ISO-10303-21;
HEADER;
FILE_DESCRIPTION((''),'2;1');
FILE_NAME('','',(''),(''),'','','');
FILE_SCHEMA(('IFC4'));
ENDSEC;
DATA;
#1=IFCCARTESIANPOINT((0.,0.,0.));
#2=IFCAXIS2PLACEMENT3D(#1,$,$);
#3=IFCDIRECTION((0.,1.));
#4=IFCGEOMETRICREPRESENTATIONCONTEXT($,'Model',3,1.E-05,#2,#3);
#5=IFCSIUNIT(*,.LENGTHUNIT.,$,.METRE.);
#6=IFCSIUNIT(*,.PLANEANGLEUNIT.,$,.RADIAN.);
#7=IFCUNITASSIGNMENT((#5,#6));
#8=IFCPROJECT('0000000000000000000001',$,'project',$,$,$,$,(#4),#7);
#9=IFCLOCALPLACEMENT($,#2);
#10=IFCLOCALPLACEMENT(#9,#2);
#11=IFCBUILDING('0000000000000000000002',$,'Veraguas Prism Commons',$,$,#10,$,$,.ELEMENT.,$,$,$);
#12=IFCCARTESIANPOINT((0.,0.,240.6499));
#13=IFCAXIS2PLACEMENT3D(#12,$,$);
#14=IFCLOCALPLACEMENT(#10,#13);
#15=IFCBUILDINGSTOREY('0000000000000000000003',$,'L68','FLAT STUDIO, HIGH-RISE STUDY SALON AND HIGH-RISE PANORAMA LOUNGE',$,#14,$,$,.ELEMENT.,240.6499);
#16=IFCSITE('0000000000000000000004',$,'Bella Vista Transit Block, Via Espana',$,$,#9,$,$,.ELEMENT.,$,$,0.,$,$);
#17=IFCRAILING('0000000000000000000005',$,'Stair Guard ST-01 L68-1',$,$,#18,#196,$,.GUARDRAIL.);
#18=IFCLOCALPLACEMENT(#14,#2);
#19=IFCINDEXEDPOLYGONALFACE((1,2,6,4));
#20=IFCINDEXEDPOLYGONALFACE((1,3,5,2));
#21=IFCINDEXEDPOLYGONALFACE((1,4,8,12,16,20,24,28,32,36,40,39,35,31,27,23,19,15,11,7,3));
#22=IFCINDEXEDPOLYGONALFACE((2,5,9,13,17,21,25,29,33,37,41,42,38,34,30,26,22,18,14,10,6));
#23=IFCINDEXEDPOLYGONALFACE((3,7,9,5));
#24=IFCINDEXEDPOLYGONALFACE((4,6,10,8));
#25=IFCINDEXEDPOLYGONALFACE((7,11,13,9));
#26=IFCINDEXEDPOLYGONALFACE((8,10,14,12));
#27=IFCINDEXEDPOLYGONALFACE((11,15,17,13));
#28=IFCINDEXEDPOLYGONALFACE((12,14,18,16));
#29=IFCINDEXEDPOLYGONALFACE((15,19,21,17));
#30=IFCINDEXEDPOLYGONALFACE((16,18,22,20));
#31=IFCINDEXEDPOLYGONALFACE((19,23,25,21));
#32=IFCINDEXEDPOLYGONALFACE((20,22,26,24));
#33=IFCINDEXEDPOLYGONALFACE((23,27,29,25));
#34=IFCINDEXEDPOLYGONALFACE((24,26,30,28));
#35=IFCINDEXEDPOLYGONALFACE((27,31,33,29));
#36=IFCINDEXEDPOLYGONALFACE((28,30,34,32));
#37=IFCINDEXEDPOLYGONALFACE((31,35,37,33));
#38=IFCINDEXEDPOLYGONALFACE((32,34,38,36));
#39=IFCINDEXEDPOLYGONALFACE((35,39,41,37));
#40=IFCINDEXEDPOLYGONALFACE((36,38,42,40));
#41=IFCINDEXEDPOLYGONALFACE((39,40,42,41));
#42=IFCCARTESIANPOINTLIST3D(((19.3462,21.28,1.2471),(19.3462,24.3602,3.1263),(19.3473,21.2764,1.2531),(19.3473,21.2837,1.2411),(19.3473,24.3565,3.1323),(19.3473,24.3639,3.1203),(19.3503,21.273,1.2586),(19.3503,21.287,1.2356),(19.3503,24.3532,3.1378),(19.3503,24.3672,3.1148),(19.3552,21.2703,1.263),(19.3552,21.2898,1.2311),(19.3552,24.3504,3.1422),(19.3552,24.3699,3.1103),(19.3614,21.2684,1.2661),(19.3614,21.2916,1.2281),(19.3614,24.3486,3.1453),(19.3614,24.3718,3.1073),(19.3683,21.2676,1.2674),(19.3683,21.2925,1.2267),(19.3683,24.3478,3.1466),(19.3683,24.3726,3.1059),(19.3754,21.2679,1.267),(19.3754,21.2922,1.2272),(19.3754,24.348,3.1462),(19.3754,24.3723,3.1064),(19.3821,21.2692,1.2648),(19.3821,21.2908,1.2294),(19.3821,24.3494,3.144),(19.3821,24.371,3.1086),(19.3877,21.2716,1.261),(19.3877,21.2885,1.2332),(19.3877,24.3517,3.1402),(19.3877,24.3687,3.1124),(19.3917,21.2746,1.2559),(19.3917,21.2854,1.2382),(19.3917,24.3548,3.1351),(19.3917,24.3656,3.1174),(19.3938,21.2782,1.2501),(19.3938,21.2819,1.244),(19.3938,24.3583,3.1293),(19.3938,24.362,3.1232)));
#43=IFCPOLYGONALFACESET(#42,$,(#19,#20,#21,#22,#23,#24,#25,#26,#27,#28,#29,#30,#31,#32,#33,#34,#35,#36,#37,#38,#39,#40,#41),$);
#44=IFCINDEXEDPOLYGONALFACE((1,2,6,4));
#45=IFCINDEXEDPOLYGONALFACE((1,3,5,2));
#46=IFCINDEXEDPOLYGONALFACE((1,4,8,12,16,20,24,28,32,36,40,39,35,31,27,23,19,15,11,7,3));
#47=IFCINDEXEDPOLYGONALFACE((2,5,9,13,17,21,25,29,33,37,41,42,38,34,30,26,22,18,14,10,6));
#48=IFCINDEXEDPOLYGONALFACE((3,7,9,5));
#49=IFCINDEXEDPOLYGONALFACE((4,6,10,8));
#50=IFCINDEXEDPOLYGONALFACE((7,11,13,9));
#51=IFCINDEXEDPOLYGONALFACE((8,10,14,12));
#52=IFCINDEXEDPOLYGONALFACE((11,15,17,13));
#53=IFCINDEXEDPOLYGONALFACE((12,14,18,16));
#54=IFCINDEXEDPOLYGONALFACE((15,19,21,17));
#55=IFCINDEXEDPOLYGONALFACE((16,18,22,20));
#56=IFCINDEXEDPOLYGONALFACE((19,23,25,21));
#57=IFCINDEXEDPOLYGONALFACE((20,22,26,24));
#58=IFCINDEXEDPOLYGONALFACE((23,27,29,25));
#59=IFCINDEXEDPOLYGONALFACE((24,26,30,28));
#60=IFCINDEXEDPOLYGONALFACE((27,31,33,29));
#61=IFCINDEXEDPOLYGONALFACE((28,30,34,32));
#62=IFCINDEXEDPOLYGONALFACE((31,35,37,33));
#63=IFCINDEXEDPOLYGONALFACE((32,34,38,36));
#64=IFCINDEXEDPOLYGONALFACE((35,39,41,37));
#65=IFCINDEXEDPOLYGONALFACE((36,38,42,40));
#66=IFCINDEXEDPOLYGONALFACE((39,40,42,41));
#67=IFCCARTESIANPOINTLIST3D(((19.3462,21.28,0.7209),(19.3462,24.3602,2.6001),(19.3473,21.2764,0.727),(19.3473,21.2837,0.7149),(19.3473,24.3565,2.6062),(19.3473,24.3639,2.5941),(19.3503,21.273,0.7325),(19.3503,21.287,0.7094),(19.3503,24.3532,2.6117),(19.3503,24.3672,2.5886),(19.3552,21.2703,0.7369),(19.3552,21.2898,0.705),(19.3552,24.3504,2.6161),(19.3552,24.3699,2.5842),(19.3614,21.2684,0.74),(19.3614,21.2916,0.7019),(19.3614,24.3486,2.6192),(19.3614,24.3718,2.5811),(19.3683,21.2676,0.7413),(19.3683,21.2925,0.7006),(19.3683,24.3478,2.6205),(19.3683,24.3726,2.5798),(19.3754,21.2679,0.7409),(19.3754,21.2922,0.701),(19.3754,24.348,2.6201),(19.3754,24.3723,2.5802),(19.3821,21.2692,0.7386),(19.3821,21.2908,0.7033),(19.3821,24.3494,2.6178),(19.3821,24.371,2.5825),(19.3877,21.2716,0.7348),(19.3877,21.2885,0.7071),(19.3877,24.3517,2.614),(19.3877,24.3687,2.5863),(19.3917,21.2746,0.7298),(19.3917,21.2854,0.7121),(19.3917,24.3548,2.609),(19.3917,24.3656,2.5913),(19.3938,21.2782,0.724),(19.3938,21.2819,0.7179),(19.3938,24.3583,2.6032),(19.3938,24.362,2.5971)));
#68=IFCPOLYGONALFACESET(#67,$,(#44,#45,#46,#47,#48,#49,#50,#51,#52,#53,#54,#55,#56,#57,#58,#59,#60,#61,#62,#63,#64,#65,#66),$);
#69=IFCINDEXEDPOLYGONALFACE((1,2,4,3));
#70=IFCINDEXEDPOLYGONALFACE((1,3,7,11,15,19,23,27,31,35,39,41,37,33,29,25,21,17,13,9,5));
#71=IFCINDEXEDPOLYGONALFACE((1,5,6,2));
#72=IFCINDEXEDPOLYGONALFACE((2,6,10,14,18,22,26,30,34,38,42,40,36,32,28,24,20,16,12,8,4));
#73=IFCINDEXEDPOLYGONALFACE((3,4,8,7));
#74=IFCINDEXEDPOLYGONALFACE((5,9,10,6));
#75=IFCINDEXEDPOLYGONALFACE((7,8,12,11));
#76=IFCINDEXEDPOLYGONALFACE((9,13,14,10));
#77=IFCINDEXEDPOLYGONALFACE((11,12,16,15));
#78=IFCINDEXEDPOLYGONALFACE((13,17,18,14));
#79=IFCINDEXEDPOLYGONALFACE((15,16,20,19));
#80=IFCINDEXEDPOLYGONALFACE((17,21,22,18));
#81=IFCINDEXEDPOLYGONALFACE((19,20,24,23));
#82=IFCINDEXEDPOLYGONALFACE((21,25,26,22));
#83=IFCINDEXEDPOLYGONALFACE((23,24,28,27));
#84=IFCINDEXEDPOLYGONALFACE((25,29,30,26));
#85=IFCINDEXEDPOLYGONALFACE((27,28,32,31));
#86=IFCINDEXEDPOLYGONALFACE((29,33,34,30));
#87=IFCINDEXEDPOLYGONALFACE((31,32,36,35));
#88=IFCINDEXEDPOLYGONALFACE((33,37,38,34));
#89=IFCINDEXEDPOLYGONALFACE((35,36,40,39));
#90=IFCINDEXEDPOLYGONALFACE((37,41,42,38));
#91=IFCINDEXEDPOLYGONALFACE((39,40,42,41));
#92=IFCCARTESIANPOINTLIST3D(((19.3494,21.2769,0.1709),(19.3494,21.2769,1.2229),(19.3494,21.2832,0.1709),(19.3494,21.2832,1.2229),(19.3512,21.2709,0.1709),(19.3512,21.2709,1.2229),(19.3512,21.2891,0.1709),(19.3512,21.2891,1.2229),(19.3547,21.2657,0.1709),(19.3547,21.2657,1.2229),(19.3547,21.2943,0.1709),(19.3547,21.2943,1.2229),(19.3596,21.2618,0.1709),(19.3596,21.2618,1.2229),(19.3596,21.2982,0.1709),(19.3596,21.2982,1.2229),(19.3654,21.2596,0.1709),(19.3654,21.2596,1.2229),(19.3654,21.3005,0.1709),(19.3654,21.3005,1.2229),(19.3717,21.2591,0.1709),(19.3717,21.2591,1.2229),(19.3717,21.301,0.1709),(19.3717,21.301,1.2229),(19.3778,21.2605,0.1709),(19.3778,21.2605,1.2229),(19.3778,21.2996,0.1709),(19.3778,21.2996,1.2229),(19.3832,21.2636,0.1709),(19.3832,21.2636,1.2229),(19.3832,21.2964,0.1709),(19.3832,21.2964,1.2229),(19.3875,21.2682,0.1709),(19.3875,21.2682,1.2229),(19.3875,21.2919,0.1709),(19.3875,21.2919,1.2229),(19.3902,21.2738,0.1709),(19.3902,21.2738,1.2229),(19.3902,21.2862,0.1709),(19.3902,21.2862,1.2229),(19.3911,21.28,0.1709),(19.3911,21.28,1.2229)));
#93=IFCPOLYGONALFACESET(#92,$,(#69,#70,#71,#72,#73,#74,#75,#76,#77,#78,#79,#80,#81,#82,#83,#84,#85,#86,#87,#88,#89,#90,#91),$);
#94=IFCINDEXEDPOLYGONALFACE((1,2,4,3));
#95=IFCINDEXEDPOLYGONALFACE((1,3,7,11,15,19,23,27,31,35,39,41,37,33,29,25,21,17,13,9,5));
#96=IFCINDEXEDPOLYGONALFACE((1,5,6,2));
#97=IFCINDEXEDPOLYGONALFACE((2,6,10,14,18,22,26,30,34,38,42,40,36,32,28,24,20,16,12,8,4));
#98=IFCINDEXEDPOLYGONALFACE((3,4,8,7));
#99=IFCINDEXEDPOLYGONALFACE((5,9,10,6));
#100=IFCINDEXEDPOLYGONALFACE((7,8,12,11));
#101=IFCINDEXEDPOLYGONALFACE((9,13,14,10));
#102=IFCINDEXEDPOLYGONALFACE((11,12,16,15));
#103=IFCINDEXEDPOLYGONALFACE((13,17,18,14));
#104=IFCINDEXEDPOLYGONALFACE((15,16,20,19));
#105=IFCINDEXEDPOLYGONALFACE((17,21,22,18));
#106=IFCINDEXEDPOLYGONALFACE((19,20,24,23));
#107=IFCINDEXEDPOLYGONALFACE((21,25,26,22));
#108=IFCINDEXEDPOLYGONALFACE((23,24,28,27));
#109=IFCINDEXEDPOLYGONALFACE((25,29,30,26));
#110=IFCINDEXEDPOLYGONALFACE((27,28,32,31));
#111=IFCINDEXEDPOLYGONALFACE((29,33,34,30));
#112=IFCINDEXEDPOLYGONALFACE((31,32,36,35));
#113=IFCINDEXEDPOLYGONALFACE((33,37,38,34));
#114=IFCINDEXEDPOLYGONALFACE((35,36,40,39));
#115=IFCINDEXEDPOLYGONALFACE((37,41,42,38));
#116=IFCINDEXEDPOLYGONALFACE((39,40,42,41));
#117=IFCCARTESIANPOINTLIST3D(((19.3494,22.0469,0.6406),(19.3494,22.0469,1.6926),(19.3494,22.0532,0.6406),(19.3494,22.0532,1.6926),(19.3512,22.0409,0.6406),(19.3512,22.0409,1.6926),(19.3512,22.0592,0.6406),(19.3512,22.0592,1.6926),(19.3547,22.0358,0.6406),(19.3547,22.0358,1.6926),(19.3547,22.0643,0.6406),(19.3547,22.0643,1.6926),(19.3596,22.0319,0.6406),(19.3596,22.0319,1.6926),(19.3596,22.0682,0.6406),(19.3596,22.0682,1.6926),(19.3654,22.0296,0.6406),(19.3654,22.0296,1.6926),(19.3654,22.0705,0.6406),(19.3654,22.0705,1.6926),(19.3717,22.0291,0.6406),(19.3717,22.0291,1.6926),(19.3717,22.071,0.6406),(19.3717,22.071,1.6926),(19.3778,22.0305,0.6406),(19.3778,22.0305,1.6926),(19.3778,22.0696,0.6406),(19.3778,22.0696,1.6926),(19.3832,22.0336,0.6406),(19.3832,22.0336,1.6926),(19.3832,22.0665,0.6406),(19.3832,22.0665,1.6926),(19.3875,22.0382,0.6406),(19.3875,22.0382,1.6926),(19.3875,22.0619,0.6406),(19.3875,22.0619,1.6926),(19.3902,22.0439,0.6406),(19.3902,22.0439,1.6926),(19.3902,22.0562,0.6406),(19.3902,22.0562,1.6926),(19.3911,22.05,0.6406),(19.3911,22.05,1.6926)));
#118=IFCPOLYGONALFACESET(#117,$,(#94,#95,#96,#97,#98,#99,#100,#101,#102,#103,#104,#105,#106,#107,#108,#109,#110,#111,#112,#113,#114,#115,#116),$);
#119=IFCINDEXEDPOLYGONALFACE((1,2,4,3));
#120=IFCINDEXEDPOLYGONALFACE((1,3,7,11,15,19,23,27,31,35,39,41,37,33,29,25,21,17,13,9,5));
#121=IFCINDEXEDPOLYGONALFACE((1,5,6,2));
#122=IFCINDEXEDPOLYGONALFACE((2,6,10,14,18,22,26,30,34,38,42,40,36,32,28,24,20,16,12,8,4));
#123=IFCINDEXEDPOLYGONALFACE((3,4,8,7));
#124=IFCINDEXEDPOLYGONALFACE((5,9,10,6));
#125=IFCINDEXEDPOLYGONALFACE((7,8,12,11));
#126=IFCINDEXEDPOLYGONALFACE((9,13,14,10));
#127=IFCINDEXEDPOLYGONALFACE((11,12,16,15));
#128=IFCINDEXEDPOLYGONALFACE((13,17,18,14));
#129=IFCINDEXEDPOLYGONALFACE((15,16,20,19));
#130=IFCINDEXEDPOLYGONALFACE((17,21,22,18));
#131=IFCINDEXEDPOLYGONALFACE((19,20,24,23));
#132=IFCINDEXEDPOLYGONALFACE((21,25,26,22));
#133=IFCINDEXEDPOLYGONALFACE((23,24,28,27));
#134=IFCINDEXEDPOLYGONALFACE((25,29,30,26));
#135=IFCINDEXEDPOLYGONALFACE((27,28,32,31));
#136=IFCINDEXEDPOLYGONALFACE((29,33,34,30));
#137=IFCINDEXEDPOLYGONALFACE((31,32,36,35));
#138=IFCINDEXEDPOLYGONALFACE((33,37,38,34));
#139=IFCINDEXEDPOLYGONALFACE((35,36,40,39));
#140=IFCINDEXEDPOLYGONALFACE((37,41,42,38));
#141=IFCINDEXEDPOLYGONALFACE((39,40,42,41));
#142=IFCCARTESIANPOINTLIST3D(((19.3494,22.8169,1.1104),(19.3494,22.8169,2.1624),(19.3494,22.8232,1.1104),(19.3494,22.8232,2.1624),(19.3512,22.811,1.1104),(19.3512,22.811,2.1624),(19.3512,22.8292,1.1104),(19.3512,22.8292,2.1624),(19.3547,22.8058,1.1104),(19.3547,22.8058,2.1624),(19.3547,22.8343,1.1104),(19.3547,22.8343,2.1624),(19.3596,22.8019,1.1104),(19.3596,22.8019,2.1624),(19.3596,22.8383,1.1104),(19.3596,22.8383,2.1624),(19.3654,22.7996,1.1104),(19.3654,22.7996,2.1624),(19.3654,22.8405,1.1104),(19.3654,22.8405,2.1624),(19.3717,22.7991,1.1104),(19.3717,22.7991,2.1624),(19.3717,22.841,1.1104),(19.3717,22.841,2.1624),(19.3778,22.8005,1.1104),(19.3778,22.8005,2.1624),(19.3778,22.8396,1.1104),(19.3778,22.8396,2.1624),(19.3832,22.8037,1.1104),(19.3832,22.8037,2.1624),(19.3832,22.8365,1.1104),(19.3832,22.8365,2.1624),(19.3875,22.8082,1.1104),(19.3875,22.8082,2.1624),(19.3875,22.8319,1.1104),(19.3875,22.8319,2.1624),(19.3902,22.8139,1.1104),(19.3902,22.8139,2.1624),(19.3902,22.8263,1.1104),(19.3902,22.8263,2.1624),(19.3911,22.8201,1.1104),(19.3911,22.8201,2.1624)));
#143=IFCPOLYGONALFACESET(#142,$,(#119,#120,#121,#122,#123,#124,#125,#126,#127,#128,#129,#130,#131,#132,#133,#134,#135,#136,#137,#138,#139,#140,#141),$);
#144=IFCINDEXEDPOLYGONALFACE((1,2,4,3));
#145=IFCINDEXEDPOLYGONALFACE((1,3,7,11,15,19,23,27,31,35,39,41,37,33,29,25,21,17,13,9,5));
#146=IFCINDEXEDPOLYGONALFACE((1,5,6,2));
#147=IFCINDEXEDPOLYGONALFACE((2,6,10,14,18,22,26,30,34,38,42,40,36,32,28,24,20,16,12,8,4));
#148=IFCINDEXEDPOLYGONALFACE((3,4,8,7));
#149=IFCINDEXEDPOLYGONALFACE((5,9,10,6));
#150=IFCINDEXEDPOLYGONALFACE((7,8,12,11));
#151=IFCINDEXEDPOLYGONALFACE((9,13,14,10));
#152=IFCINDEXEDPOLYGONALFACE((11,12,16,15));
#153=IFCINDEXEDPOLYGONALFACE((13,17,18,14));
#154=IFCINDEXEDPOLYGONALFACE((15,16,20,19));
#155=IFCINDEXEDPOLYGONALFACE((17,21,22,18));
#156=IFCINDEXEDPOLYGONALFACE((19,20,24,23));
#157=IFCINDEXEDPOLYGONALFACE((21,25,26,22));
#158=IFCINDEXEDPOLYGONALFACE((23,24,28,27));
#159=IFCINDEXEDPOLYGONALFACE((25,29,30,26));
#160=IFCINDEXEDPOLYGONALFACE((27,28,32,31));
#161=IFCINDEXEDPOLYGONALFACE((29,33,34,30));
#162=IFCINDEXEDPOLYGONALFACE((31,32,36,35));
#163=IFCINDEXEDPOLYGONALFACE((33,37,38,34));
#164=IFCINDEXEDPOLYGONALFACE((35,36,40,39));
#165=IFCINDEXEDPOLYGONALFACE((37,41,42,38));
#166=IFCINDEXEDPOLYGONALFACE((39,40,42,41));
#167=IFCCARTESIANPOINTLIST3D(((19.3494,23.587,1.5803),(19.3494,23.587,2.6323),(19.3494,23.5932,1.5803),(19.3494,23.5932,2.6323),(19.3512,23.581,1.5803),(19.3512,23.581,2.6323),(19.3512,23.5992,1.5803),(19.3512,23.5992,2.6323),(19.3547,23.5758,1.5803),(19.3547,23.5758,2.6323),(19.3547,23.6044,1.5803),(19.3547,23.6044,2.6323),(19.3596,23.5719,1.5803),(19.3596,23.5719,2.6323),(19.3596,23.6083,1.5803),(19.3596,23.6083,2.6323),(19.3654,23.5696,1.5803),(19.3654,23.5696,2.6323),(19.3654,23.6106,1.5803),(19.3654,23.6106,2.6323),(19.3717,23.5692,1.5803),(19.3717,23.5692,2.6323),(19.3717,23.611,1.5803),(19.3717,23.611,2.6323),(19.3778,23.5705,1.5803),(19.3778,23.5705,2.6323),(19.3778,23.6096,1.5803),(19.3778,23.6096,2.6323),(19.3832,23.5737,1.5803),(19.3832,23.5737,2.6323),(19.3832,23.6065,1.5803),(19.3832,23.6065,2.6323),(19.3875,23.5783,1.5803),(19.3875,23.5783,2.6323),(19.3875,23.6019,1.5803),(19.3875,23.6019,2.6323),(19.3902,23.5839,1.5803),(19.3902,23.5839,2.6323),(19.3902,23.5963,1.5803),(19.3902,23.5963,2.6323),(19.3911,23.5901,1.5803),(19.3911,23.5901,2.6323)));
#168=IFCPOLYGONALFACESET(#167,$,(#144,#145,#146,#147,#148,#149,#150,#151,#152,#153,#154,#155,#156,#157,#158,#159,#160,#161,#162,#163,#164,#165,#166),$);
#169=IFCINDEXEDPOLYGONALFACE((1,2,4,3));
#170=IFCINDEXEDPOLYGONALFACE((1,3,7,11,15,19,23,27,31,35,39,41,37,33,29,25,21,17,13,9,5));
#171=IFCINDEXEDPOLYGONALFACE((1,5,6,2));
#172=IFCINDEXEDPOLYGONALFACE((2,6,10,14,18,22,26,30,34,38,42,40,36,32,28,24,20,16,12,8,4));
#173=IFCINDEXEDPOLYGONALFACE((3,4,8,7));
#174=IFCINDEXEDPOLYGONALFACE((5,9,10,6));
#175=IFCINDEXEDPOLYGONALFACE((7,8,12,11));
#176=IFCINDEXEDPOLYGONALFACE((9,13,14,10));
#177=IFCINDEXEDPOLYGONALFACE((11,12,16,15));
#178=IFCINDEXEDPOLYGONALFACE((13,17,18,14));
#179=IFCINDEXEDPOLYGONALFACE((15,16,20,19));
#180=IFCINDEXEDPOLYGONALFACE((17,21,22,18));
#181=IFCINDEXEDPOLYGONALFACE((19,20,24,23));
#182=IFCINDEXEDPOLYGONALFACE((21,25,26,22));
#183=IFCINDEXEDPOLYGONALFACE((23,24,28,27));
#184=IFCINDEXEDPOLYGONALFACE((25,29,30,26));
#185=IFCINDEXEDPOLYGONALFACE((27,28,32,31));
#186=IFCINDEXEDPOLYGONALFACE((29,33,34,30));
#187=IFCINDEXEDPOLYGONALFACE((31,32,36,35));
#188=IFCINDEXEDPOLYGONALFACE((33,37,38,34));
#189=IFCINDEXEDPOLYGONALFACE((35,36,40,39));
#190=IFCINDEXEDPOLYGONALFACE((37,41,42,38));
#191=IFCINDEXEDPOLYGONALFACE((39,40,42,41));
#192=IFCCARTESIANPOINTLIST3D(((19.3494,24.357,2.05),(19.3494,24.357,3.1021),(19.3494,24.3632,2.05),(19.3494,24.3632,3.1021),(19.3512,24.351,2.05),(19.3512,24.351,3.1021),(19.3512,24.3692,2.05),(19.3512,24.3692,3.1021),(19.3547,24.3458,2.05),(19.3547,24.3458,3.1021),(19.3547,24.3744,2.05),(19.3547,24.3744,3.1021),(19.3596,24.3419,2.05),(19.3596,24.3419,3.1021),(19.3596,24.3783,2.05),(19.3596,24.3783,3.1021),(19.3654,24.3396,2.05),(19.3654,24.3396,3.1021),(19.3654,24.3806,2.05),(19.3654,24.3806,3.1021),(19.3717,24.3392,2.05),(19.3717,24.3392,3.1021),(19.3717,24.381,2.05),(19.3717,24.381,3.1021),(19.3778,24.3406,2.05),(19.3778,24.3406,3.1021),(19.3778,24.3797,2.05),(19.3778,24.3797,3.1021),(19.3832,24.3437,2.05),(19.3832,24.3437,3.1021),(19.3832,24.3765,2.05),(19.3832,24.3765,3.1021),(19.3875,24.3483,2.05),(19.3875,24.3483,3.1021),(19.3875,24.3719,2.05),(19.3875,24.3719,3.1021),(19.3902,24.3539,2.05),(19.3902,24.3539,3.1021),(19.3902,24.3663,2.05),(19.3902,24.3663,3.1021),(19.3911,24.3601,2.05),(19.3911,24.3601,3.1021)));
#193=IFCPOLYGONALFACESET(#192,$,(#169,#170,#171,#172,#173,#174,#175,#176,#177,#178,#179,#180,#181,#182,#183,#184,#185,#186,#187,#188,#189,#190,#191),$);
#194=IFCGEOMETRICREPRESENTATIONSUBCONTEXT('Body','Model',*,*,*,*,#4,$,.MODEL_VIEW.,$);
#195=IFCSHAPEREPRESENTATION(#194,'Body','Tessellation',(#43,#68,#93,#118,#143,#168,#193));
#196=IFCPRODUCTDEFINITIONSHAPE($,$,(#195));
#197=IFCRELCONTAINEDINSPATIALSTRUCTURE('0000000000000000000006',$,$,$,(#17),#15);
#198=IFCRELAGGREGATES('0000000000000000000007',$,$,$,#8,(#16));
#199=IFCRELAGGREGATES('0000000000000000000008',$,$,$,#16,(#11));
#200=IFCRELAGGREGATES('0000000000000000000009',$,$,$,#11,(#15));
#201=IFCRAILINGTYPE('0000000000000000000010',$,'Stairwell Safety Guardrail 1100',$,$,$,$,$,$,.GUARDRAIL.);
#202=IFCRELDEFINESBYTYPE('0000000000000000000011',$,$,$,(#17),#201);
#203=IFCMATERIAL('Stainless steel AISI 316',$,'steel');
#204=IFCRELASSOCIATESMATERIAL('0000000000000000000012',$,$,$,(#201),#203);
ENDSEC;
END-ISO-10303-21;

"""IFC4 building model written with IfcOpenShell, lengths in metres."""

from ifc_helpers import new_model, si_unit, direction, frame, origin, origin_2d, place, context, subcontext, project, spatial, circle, extrude, material, type_object, element, save


model = new_model("IFC4")

# Units and contexts
model_context = context("Model", 3, precision=1e-05, world=origin(), true_north=direction((0.0, 1.0)))
body_context = subcontext(model_context, "Body", "Model", "MODEL_VIEW")
ifc_project = project(units=[si_unit("LENGTHUNIT", "METRE"), si_unit("PLANEANGLEUNIT", "RADIAN")], contexts=[model_context])

# Site, building, storey
site_placement = place(None, origin())
site = spatial("IfcSite", under=ifc_project, at=site_placement, Name="Bella Vista Transit Block, Via Espana", CompositionType="ELEMENT", RefElevation=0.0)
building_placement = place(site_placement, origin())
building = spatial("IfcBuilding", under=site, at=building_placement, Name="Veraguas Prism Commons", CompositionType="ELEMENT")
storey_placement = place(building_placement, frame((0.0, 0.0, 240.6499)))
storey = spatial("IfcBuildingStorey", under=building, at=storey_placement, Name="L68", Description="FLAT STUDIO, HIGH-RISE STUDY SALON AND HIGH-RISE PANORAMA LOUNGE", CompositionType="ELEMENT", Elevation=240.6499)

# Railing
ifc_material_1 = material(Name="Stainless steel AISI 316", Category="steel")
railing_type_1 = type_object("IfcRailingType", Name="Stairwell Safety Guardrail 1100", PredefinedType="GUARDRAIL", material=ifc_material_1)
railing_1_placement = place(storey_placement, frame((19.3701, 21.28, 0.1709)))
element("IfcRailing", 1, at=railing_1_placement, inside=storey, type_object=railing_type_1, Name="Stair Guard ST-01 L68-1", PredefinedType="GUARDRAIL", context=body_context, shape_type="SweptSolid", body=[
    extrude(circle(Radius=0.0239, at=origin_2d()), frame((0.0, 0.0, 1.0762), z_axis=(0.0, 0.853666, 0.52082), x_axis=(-1.0, 0.0, 0.0)), (0.0, 0.0, 1.0), 3.6082),
    extrude(circle(Radius=0.0239, at=origin_2d()), frame((0.0, 0.0, 0.55), z_axis=(0.0, 0.853666, 0.52082), x_axis=(-1.0, 0.0, 0.0)), (0.0, 0.0, 1.0), 3.6082),
    extrude(circle(Radius=0.021, at=origin_2d()), origin(), (0.0, 0.0, 1.0), 1.052),
    extrude(circle(Radius=0.021, at=origin_2d()), frame((0.0, 0.77, 0.4697)), (0.0, 0.0, 1.0), 1.052),
    extrude(circle(Radius=0.021, at=origin_2d()), frame((0.0, 1.54, 0.9395)), (0.0, 0.0, 1.0), 1.052),
    extrude(circle(Radius=0.021, at=origin_2d()), frame((0.0, 2.3101, 1.4094)), (0.0, 0.0, 1.0), 1.052),
    extrude(circle(Radius=0.021, at=origin_2d()), frame((0.0, 3.0801, 1.8792)), (0.0, 0.0, 1.0), 1.052),
])

save(model, "model.ifc")
